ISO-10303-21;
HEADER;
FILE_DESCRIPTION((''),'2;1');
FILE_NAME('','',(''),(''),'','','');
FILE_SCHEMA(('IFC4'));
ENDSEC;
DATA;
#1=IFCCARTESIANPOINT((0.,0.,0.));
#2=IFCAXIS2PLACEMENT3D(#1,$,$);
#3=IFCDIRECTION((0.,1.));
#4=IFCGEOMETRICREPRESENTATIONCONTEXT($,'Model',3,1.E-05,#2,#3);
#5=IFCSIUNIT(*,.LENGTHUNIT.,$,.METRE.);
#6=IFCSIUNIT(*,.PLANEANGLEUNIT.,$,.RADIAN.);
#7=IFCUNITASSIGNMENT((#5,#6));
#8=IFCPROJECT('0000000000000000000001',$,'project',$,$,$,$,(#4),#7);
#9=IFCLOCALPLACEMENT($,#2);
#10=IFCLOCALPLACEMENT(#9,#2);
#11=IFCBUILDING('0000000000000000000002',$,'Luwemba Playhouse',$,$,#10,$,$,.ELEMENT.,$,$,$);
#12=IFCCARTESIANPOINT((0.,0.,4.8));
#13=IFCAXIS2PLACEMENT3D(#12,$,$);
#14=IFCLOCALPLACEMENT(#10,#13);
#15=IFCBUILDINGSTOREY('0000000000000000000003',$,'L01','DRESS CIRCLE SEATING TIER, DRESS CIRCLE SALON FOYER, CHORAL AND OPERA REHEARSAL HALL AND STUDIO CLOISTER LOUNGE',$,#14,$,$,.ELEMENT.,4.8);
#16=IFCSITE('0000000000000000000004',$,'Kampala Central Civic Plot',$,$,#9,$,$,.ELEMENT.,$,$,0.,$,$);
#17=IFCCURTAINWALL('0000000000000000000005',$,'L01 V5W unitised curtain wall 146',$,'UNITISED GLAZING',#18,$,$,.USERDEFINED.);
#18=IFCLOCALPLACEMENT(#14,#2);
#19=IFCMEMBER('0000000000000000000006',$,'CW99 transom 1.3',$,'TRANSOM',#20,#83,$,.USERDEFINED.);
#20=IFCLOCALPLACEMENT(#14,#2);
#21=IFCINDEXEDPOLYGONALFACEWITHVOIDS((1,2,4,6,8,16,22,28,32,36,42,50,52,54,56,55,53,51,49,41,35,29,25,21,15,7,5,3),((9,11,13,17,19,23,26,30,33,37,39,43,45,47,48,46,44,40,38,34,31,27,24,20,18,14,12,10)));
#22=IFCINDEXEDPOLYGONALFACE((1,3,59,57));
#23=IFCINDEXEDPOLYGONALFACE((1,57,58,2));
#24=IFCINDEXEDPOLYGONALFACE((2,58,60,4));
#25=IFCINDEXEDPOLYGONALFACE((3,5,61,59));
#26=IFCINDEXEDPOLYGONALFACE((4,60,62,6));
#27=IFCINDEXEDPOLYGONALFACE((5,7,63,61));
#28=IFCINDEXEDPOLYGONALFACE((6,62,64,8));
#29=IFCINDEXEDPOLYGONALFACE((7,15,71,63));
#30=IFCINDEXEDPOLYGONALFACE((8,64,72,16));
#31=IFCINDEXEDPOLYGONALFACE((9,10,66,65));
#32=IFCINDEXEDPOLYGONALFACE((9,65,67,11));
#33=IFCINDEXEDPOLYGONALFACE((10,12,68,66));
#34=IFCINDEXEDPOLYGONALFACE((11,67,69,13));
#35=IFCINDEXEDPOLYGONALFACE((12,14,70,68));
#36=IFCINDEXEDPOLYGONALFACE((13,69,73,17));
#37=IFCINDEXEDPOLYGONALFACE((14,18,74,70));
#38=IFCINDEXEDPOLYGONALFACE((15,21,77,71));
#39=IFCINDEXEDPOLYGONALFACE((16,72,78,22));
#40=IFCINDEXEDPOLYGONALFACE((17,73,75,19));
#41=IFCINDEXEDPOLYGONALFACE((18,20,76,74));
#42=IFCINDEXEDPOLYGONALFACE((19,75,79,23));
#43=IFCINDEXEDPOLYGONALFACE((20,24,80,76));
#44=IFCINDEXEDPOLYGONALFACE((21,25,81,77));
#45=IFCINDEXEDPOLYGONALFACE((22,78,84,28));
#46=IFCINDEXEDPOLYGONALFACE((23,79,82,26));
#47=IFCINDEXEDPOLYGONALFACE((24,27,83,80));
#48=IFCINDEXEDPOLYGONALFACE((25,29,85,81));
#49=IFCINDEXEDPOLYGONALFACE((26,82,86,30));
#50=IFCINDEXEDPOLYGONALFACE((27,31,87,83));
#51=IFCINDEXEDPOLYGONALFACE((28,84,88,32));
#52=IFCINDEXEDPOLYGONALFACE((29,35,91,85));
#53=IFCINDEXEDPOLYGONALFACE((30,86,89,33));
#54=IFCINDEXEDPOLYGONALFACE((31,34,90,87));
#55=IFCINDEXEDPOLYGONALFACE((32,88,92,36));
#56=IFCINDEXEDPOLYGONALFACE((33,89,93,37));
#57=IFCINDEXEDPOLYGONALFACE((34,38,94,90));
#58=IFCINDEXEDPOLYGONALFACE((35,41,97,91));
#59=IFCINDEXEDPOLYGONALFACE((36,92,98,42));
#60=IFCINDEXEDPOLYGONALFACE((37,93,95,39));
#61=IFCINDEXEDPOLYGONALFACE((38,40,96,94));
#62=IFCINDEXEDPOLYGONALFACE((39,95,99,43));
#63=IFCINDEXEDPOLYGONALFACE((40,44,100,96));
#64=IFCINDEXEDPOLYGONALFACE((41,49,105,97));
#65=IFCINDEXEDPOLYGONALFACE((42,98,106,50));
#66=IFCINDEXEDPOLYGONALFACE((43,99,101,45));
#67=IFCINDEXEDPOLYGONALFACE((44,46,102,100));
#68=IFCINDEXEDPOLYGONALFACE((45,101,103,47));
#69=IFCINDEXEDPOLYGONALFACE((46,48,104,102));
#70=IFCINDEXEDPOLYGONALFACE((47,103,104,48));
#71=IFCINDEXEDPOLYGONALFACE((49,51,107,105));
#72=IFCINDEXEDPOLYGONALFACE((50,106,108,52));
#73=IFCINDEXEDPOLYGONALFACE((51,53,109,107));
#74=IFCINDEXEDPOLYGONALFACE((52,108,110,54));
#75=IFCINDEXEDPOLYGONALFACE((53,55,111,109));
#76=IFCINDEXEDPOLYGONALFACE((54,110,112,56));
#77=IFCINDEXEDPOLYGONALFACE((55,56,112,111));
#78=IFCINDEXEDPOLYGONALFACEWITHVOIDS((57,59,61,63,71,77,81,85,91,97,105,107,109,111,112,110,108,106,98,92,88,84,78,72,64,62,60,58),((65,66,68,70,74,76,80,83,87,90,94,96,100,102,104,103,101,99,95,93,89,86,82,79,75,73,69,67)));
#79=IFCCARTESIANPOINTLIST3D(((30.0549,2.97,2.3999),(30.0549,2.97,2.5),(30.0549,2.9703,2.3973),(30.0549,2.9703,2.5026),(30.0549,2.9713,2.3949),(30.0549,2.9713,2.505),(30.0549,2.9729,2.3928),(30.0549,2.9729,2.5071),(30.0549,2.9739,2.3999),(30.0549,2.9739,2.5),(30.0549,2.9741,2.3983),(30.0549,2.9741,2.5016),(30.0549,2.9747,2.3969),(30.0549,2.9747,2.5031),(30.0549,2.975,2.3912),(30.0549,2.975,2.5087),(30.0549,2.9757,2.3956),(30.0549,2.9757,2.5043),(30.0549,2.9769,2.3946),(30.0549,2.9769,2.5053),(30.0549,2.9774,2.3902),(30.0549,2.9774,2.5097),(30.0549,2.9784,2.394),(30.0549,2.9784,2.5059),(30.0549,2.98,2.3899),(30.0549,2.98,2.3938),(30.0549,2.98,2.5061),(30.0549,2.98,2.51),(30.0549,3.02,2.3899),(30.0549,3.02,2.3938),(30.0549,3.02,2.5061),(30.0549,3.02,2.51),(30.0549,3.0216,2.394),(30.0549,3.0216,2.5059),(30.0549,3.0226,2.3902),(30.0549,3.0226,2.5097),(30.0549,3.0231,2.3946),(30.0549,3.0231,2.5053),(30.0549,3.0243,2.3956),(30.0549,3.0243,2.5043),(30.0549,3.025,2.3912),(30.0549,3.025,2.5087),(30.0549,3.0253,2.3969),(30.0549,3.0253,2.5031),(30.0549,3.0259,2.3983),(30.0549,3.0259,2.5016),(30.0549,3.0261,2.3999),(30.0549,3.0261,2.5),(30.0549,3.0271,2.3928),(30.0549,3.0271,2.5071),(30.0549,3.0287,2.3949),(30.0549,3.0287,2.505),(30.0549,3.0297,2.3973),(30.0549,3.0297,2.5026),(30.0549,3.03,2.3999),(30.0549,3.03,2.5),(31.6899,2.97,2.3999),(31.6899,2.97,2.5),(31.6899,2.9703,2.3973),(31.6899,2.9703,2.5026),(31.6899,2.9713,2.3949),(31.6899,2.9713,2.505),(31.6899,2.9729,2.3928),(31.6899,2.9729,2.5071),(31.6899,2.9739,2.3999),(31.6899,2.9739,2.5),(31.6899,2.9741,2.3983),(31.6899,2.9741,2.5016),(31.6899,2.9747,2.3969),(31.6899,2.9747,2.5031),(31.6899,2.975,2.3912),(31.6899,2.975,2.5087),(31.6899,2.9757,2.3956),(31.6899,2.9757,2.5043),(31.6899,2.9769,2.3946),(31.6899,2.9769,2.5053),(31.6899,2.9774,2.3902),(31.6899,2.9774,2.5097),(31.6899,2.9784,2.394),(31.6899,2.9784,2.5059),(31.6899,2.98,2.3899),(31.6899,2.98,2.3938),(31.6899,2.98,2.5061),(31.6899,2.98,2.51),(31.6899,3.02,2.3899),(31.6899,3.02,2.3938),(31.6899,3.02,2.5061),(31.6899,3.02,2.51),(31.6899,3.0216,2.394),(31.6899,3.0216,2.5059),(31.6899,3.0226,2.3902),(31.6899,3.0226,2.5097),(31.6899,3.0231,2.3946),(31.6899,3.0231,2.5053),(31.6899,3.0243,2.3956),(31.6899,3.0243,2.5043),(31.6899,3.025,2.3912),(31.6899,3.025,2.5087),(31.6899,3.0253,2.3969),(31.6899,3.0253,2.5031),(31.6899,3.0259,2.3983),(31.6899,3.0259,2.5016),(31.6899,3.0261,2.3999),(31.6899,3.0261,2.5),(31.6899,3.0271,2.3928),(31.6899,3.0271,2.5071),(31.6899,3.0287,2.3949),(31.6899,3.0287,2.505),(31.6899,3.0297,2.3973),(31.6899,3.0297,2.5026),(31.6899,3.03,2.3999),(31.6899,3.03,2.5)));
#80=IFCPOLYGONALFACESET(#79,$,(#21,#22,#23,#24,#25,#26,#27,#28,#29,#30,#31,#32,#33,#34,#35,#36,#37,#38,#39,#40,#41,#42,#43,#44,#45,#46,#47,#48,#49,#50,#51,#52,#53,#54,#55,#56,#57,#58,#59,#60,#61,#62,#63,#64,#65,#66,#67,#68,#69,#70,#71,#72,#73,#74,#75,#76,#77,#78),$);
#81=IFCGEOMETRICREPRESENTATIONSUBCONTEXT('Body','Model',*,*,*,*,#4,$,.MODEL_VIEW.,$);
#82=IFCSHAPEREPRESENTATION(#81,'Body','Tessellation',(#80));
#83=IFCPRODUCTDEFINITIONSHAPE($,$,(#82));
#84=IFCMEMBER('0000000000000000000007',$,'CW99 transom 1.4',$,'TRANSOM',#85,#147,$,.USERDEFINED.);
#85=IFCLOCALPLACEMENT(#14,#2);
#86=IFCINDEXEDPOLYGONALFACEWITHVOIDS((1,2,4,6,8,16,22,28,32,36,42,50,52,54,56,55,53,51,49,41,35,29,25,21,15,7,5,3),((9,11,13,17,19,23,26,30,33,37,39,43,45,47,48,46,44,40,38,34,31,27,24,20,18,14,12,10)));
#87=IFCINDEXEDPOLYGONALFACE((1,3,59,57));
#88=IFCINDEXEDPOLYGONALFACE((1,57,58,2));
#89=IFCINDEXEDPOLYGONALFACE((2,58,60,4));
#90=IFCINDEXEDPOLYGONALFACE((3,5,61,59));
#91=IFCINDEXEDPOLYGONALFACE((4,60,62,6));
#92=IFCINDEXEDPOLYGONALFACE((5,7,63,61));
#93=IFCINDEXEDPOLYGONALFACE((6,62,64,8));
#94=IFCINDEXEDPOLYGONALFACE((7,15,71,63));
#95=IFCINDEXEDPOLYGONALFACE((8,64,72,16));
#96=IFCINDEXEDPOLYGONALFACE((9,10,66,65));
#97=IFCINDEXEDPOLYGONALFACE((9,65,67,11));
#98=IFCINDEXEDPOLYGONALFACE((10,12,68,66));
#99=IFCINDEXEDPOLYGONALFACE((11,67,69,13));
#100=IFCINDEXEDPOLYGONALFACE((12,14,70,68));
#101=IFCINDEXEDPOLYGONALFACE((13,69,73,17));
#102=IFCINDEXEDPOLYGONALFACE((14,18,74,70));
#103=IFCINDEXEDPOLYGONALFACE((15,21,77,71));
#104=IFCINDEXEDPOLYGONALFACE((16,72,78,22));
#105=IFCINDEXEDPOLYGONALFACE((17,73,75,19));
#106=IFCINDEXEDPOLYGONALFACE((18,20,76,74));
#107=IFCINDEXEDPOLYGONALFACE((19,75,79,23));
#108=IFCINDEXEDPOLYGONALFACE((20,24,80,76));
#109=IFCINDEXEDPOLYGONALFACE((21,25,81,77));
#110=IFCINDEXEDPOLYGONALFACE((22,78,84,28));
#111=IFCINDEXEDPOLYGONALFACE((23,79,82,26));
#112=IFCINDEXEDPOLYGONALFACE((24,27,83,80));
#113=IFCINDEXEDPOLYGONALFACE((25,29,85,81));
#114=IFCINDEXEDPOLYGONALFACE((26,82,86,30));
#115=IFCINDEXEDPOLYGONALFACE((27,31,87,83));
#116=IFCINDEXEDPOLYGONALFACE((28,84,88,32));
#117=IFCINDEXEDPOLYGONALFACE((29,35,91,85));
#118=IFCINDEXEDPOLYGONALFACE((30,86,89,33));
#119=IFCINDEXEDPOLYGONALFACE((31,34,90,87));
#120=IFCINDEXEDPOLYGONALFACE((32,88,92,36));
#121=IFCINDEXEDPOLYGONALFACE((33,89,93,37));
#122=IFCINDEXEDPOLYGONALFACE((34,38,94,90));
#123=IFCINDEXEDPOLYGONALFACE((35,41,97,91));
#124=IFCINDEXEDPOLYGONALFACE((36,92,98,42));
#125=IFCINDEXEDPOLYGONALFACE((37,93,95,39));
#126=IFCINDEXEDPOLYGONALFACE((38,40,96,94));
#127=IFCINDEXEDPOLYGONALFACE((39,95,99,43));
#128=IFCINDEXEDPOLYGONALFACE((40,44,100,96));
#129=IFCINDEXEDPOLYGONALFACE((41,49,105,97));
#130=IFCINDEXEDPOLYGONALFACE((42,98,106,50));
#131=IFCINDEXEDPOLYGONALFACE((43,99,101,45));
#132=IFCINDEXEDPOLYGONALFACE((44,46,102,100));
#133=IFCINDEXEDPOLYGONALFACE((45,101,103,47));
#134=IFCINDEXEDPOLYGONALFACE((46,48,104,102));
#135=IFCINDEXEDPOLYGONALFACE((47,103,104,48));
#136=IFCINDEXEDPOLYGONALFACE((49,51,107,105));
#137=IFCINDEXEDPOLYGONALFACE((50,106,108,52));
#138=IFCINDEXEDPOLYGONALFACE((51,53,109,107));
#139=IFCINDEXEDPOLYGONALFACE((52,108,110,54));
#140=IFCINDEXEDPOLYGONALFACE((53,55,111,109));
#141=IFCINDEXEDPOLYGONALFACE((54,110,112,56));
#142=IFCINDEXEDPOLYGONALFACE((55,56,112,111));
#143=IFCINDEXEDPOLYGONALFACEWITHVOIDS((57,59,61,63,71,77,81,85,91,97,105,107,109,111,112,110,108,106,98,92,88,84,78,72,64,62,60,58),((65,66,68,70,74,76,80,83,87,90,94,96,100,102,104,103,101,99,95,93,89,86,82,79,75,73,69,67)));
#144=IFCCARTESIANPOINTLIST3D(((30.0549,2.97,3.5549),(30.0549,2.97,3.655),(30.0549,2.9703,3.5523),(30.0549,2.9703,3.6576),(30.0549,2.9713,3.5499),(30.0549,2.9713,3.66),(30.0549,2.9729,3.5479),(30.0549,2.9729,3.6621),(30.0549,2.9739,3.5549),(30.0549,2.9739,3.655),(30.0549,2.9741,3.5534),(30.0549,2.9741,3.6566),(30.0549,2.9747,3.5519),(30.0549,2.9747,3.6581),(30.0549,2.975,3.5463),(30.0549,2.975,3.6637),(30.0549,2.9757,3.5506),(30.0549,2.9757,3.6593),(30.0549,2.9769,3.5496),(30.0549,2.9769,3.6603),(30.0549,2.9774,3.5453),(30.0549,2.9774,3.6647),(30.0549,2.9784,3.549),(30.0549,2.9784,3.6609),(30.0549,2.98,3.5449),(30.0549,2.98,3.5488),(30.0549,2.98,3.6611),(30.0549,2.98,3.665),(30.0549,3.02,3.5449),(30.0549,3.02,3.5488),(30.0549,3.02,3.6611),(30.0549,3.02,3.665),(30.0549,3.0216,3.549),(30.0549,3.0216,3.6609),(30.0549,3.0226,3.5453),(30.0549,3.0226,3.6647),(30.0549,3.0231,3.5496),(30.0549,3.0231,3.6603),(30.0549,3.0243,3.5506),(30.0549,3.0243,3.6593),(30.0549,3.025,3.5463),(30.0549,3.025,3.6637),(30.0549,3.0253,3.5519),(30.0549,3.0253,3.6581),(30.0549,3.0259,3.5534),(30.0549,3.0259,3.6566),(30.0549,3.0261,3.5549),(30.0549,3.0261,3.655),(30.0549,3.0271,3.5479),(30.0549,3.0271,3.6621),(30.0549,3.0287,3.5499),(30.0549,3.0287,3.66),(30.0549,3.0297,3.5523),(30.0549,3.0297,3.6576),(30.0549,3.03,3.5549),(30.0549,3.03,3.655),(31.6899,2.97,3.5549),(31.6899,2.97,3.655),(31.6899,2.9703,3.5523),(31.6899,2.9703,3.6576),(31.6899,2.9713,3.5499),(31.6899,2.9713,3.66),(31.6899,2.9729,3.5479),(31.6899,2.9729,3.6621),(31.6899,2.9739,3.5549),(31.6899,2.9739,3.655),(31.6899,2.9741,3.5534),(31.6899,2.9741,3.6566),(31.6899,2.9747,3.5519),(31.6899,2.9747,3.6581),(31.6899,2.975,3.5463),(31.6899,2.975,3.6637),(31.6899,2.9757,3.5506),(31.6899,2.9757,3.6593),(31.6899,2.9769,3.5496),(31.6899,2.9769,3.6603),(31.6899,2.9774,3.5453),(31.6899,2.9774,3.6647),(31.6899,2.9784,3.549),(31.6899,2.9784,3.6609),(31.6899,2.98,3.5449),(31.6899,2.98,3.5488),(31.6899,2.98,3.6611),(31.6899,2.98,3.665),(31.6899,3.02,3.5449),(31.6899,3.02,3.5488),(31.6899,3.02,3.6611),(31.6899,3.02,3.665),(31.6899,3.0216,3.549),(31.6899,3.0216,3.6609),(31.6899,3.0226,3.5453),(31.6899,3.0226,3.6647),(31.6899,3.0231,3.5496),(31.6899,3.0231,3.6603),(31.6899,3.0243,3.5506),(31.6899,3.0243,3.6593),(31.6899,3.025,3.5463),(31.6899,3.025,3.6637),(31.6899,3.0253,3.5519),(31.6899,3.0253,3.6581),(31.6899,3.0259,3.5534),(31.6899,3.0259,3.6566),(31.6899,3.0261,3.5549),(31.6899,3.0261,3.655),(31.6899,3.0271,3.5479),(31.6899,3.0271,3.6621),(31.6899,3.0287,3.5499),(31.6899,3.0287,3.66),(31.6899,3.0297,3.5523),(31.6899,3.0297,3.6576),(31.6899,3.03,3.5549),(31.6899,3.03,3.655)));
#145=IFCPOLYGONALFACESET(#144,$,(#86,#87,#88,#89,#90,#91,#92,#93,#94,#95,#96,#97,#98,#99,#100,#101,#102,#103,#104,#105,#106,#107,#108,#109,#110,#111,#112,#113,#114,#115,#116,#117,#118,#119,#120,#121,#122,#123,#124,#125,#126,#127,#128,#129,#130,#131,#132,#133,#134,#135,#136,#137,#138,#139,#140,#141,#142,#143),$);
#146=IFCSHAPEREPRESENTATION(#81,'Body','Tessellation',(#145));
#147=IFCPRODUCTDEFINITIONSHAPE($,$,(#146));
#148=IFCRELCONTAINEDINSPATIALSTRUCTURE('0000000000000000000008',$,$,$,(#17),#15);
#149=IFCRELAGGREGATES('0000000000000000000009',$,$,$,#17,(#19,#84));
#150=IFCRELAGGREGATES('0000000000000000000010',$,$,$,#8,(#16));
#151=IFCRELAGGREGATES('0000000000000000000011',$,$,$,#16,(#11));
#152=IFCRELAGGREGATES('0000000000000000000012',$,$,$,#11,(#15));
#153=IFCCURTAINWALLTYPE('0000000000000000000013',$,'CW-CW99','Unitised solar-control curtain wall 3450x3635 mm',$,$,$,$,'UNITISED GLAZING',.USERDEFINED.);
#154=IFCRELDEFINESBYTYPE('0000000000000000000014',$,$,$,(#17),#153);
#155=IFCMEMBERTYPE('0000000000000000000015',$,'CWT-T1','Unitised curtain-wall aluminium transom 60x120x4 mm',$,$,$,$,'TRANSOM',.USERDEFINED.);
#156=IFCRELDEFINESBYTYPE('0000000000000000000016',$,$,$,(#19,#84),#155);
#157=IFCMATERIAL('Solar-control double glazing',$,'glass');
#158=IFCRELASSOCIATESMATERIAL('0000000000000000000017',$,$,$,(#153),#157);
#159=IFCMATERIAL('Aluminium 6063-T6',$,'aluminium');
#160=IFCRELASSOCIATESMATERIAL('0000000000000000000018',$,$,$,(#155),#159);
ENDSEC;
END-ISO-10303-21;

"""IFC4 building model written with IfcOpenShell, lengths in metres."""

from ifc_helpers import new_model, si_unit, direction, frame, origin, origin_2d, place, context, subcontext, project, spatial, hollow_rectangle, extrude, material, material_profile, profile_set, type_object, element, aggregate, save


model = new_model("IFC4")

# Units and contexts
model_context = context("Model", 3, precision=1e-05, world=origin(), true_north=direction((0.0, 1.0)))
body_context = subcontext(model_context, "Body", "Model", "MODEL_VIEW")
ifc_project = project(units=[si_unit("LENGTHUNIT", "METRE"), si_unit("PLANEANGLEUNIT", "RADIAN")], contexts=[model_context])

# Site, building, storey
site_placement = place(None, origin())
site = spatial("IfcSite", under=ifc_project, at=site_placement, Name="Kampala Central Civic Plot", CompositionType="ELEMENT", RefElevation=0.0)
building_placement = place(site_placement, origin())
building = spatial("IfcBuilding", under=site, at=building_placement, Name="Luwemba Playhouse", CompositionType="ELEMENT")
storey_placement = place(building_placement, frame((0.0, 0.0, 4.8)))
storey = spatial("IfcBuildingStorey", under=building, at=storey_placement, Name="L01", Description="DRESS CIRCLE SEATING TIER, DRESS CIRCLE SALON FOYER, CHORAL AND OPERA REHEARSAL HALL AND STUDIO CLOISTER LOUNGE", CompositionType="ELEMENT", Elevation=4.8)

# Curtain wall
ifc_material_1 = material(Name="Solar-control double glazing", Category="glass")
curtain_wall_type_1 = type_object("IfcCurtainWallType", Name="CW-CW99", Description="Unitised solar-control curtain wall 3450x3635 mm", ElementType="UNITISED GLAZING", PredefinedType="USERDEFINED", material=ifc_material_1)
curtain_wall_1_placement = place(storey_placement, origin())
curtain_wall_1 = element("IfcCurtainWall", 1, at=curtain_wall_1_placement, inside=storey, type_object=curtain_wall_type_1, Name="L01 V5W unitised curtain wall 146", ObjectType="UNITISED GLAZING", PredefinedType="USERDEFINED")
ifc_material_2 = material(Name="Aluminium 6063-T6", Category="aluminium")

# Members
ifc_material_profile_1 = material_profile(ifc_material_2, hollow_rectangle(XDim=0.0601, YDim=0.1201, WallThickness=0.0039, InnerFilletRadius=0.0061, OuterFilletRadius=0.01, at=origin_2d()))
ifc_profile_set_1 = profile_set([ifc_material_profile_1], Name="Aluminium 6063-T6")
member_type_1 = type_object("IfcMemberType", Name="CWT-T1", Description="Unitised curtain-wall aluminium transom 60x120x4 mm", ElementType="TRANSOM", PredefinedType="USERDEFINED", material=ifc_profile_set_1)
member_1_placement = place(storey_placement, frame((31.6899, 3.0, 2.45), z_axis=(-1.0, 0.0, 0.0), x_axis=(0.0, -1.0, 0.0)))
member_1 = element("IfcMember", 2, at=member_1_placement, type_object=member_type_1, Name="CW99 transom 1.3", ObjectType="TRANSOM", PredefinedType="USERDEFINED", context=body_context, shape_type="SweptSolid", body=[
    extrude(hollow_rectangle(XDim=0.0601, YDim=0.1201, WallThickness=0.0039, InnerFilletRadius=0.0061, OuterFilletRadius=0.01, at=origin_2d()), origin(), (0.0, 0.0, 1.0), 1.635),
])
member_2_placement = place(storey_placement, frame((31.6899, 3.0, 3.605), z_axis=(-1.0, 0.0, 0.0), x_axis=(0.0, -1.0, 0.0)))
member_2 = element("IfcMember", 3, at=member_2_placement, type_object=member_type_1, Name="CW99 transom 1.4", ObjectType="TRANSOM", PredefinedType="USERDEFINED", context=body_context, shape_type="SweptSolid", body=[
    extrude(hollow_rectangle(XDim=0.0601, YDim=0.1201, WallThickness=0.0039, InnerFilletRadius=0.0061, OuterFilletRadius=0.01, at=origin_2d()), origin(), (0.0, 0.0, 1.0), 1.635),
])

aggregate(curtain_wall_1, [member_1, member_2])

save(model, "model.ifc")
